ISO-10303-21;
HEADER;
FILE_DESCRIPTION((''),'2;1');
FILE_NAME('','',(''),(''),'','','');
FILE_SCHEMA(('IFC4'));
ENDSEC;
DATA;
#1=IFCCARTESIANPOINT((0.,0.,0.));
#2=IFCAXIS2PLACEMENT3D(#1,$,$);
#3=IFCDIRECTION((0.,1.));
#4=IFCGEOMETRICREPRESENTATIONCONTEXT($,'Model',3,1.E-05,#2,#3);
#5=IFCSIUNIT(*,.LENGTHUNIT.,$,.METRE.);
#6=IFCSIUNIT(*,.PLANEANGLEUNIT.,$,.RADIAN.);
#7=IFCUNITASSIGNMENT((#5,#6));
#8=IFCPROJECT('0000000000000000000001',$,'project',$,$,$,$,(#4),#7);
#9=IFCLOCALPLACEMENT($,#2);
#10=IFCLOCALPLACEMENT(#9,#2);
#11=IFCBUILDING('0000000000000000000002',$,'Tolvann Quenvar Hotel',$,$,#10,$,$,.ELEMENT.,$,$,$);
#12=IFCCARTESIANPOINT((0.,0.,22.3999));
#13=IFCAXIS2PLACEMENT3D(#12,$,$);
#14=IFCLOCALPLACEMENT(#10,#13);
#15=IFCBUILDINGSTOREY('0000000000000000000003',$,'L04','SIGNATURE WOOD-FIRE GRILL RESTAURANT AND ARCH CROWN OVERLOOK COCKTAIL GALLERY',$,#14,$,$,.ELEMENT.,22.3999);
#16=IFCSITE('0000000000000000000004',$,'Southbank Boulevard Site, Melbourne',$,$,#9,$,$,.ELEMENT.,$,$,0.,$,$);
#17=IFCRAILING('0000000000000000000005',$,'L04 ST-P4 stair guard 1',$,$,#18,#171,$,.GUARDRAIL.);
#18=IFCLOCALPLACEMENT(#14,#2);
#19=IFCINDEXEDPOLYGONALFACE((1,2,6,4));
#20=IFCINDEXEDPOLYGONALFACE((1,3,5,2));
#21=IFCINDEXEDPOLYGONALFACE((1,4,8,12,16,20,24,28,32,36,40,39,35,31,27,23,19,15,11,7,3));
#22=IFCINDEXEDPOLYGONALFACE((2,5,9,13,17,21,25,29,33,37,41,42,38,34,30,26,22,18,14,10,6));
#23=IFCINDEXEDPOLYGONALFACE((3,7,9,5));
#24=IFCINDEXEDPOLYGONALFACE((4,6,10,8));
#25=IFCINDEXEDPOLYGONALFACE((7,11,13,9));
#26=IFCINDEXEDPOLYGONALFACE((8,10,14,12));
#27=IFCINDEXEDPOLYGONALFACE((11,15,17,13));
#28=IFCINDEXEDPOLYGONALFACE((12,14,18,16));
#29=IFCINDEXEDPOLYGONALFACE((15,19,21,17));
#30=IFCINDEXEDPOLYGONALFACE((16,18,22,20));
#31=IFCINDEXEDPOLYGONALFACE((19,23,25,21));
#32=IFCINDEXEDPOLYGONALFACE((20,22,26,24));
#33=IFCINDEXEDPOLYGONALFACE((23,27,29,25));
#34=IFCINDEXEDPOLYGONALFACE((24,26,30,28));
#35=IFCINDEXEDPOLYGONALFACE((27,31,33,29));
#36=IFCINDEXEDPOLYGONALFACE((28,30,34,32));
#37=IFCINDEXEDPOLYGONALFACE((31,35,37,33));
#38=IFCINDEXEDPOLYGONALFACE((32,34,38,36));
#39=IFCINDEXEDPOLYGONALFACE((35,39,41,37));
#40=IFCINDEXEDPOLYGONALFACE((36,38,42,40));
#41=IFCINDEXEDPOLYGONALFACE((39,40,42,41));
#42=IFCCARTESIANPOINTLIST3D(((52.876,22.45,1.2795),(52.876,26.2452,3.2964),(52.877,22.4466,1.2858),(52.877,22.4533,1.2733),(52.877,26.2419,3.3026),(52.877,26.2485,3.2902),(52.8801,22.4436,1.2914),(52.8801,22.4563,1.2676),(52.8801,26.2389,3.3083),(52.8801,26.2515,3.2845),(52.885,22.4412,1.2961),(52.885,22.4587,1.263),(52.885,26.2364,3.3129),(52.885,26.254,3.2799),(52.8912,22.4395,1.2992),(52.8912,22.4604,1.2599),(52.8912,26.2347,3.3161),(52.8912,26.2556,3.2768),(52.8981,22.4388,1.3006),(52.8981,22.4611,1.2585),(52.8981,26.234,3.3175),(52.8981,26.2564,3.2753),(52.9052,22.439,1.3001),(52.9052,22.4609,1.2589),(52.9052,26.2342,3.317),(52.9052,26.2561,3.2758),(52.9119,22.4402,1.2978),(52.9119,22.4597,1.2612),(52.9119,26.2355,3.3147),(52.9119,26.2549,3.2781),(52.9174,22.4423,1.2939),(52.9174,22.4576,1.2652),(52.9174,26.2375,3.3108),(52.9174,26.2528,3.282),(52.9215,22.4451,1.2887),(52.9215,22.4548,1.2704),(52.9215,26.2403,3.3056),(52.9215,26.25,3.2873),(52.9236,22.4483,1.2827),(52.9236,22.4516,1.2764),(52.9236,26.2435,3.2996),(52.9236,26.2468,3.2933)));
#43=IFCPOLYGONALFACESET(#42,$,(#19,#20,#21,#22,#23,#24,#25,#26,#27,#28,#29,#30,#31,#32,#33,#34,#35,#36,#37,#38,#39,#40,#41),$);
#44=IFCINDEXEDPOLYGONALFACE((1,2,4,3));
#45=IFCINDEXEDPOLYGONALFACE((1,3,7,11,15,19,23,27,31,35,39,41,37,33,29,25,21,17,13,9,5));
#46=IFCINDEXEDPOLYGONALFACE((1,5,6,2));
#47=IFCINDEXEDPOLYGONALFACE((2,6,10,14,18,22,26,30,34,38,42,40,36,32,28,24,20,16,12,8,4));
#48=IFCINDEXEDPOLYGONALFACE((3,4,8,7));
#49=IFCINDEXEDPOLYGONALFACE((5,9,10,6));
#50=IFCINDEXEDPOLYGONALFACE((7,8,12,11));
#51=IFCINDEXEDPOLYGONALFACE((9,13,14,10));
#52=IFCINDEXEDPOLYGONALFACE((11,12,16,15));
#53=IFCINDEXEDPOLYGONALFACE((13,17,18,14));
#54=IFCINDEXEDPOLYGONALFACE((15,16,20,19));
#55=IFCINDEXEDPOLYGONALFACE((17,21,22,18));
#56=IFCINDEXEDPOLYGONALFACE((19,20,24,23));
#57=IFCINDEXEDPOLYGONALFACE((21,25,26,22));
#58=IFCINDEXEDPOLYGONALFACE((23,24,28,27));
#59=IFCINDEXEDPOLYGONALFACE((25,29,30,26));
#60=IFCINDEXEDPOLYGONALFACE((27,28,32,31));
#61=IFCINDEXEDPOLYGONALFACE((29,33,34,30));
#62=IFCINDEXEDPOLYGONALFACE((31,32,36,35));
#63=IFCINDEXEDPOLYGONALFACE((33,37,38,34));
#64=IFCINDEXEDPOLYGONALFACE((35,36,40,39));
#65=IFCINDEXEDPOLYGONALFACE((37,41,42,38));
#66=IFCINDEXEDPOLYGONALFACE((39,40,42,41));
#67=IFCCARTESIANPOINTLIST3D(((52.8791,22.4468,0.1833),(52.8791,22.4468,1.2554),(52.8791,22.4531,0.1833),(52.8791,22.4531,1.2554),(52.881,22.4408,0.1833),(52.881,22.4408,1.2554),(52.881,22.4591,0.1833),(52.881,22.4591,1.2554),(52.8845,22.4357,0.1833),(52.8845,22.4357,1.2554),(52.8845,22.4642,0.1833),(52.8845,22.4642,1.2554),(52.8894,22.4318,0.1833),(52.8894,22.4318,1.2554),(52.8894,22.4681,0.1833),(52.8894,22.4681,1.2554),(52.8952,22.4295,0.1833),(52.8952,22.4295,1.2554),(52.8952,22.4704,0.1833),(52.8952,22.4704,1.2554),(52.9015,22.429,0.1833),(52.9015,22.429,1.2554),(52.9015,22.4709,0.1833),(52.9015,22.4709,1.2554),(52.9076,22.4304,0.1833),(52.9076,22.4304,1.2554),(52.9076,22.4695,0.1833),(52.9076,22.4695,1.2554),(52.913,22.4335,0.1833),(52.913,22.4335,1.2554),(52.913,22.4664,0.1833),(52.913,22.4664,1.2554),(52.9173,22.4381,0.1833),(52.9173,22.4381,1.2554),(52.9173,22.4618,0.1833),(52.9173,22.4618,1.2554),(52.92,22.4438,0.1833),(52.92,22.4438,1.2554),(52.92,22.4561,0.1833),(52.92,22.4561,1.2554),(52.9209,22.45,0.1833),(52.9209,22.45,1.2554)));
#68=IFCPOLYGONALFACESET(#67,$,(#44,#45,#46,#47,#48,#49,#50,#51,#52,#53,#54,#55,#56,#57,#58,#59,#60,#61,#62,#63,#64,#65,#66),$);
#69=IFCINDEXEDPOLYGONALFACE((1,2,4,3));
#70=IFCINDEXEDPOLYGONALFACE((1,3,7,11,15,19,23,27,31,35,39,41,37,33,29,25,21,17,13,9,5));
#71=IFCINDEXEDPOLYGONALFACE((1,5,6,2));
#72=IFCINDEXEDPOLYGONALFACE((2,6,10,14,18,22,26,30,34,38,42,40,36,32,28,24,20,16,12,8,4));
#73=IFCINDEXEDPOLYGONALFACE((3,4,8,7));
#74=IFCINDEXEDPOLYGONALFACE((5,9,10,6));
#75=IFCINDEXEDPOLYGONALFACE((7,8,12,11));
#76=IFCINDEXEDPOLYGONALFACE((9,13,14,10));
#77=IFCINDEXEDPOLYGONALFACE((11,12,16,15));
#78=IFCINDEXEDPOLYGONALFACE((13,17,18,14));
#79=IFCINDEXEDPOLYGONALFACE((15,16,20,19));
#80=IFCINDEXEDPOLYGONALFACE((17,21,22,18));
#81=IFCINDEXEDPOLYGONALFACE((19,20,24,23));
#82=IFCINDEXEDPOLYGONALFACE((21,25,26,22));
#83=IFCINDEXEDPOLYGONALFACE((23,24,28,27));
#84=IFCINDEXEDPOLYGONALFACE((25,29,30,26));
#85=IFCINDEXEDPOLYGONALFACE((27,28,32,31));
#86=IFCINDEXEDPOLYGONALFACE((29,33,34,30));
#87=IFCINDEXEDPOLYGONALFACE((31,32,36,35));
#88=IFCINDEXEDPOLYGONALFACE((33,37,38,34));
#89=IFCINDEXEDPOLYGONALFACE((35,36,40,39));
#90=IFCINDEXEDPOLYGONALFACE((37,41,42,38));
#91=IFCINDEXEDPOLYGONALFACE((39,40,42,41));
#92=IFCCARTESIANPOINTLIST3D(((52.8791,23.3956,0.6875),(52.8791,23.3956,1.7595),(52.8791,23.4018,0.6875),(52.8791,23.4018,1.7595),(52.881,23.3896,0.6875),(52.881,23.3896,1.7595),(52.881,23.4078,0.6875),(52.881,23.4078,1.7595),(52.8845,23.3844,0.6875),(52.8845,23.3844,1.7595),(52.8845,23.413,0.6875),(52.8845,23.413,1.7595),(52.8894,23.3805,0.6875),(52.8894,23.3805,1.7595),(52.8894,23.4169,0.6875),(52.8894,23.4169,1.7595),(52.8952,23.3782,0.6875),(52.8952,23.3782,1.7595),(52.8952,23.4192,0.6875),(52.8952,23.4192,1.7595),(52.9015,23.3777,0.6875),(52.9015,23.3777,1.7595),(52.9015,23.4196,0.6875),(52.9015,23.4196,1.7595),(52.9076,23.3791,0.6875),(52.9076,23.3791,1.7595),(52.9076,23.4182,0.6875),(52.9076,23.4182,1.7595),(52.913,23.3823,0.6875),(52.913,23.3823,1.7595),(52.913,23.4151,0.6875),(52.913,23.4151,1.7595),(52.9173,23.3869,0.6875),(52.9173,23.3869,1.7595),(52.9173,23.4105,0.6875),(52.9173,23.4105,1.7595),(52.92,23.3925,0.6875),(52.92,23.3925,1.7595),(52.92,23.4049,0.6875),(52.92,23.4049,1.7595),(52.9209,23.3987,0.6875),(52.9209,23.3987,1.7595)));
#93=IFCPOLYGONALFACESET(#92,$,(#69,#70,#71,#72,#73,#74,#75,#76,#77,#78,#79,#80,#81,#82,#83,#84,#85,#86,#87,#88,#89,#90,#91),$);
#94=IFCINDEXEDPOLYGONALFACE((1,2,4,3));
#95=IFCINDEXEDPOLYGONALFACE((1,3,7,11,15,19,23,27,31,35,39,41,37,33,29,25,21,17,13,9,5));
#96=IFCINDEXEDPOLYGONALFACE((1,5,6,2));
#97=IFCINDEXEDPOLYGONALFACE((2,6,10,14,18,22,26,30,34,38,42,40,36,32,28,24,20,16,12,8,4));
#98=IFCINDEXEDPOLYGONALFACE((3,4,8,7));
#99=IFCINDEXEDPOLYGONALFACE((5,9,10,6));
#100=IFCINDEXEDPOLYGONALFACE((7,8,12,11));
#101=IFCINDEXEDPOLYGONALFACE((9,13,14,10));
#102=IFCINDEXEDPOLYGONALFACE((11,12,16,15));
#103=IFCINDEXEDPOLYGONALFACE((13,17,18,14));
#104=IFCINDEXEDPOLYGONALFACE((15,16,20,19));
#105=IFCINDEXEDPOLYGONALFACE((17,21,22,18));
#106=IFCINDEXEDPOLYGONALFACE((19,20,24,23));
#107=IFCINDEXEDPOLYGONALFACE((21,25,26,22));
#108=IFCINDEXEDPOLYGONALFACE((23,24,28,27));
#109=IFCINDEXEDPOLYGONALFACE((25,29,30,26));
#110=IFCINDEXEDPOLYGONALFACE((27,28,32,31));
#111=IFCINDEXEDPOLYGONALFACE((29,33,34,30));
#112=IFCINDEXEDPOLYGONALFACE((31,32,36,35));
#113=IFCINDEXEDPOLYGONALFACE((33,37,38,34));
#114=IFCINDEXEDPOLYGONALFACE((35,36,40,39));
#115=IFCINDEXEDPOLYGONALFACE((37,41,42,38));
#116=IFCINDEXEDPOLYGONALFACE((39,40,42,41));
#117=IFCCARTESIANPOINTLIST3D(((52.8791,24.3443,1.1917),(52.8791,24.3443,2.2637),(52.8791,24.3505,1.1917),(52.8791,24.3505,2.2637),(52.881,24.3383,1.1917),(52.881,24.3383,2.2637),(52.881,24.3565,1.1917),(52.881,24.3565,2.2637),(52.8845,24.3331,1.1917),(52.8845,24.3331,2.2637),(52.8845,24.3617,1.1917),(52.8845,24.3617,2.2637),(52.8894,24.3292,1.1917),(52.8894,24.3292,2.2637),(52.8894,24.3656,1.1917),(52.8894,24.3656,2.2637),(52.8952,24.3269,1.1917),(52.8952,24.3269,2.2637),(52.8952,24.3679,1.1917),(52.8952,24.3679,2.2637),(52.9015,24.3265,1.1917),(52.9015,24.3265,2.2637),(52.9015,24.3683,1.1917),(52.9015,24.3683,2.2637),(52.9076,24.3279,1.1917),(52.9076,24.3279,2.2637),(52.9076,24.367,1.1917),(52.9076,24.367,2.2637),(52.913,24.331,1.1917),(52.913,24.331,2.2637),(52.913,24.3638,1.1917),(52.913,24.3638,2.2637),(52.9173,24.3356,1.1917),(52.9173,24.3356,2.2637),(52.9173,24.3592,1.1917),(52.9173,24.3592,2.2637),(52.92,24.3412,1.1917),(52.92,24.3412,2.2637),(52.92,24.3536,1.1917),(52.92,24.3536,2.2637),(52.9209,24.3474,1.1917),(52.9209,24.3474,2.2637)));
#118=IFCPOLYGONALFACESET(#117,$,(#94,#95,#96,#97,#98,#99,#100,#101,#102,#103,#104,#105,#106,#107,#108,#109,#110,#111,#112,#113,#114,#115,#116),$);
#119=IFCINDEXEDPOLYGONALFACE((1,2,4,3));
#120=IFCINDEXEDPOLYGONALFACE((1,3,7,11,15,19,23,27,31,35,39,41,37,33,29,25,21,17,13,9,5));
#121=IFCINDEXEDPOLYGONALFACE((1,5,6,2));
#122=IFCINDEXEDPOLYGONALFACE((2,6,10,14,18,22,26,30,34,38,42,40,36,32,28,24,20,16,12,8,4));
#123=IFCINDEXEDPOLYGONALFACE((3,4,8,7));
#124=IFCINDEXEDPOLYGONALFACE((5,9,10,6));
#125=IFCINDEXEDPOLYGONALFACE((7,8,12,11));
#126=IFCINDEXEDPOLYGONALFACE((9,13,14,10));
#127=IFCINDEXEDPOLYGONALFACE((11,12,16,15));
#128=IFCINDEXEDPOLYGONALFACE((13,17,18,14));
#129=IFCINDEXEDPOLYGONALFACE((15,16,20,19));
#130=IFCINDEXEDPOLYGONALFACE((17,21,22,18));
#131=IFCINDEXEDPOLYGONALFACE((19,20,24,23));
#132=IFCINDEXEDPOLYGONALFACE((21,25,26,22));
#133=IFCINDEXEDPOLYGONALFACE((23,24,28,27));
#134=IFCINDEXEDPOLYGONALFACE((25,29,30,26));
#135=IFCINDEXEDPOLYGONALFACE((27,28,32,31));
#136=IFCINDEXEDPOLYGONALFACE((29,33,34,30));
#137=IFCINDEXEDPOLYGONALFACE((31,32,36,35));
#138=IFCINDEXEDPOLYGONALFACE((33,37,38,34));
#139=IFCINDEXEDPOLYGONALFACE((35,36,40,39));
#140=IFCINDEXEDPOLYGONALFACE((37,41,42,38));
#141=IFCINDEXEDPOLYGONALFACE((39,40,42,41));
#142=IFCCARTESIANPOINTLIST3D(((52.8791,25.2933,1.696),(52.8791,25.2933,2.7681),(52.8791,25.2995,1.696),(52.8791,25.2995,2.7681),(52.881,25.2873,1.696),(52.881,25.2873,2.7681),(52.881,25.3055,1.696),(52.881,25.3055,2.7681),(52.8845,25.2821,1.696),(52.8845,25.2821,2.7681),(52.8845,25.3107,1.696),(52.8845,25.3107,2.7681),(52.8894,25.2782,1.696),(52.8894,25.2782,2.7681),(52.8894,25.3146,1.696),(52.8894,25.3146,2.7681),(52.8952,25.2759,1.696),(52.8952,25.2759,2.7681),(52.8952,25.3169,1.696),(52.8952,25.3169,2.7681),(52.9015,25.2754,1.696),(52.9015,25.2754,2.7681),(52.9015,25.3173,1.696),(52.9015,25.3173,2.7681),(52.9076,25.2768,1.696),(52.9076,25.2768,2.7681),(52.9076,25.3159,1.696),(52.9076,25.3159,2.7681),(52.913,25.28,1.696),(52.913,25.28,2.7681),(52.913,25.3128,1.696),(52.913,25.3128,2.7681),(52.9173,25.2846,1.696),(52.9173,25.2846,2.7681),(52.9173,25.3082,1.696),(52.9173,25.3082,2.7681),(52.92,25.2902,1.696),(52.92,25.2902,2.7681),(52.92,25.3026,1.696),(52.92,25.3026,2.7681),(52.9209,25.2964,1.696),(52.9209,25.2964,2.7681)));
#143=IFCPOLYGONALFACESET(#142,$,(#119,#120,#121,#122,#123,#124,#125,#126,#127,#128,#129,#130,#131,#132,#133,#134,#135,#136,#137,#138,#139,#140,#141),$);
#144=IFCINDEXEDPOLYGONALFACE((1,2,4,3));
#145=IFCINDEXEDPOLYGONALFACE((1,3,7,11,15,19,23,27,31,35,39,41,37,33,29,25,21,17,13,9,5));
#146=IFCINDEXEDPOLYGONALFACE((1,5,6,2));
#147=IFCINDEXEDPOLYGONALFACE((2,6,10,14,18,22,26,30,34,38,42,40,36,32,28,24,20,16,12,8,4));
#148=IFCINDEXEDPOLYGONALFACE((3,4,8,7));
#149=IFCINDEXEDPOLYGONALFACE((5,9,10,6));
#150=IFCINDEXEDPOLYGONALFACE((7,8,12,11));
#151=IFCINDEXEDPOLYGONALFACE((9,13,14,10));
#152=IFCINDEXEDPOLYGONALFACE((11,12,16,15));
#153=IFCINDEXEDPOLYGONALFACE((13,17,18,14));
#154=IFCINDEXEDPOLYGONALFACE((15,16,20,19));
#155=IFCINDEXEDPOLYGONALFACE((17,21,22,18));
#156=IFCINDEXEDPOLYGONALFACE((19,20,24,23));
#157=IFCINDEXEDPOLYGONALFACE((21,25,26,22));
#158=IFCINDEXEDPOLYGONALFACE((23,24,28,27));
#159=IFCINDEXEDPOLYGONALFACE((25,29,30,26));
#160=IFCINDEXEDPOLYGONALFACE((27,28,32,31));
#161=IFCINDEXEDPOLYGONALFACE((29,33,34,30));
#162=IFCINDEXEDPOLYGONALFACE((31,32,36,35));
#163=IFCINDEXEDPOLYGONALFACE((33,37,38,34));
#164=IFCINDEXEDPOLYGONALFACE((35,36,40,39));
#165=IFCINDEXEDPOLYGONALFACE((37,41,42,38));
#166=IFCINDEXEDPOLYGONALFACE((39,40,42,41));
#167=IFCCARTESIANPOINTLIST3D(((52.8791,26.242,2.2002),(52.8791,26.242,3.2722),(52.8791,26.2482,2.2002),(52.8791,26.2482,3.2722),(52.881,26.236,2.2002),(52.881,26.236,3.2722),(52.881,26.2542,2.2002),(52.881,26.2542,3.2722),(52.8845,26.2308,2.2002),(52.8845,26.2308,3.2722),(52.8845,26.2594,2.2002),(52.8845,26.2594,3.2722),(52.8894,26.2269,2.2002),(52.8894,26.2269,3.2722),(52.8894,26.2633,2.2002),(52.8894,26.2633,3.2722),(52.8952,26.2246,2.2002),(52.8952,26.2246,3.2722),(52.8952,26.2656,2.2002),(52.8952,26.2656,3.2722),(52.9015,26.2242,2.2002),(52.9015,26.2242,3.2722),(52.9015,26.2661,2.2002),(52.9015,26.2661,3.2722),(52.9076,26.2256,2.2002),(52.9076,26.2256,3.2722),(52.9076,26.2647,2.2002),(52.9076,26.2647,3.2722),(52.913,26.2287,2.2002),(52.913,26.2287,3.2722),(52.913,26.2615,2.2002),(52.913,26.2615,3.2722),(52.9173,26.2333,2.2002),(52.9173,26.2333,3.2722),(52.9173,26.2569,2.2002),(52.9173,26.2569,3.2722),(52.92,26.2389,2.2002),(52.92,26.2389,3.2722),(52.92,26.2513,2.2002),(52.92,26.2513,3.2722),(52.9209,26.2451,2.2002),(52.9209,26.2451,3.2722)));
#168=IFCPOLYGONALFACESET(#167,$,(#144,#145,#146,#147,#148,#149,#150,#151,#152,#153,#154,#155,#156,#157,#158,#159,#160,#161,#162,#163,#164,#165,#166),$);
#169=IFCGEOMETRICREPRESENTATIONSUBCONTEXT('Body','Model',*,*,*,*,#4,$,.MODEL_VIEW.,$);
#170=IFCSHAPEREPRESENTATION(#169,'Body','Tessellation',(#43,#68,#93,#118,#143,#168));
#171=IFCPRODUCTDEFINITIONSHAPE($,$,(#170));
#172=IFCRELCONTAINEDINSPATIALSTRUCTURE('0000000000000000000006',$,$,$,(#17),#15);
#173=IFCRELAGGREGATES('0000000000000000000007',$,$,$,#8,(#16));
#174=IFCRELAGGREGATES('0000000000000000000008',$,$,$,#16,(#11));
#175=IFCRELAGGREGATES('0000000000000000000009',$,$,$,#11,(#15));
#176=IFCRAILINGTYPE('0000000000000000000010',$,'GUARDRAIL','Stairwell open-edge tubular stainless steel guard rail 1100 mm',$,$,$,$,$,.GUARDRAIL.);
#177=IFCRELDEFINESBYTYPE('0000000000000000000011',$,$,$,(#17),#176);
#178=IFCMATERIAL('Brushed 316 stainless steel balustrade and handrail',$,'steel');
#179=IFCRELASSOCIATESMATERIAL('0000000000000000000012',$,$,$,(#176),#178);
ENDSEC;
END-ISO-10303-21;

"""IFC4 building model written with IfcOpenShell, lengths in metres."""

from ifc_helpers import new_model, si_unit, direction, frame, origin, origin_2d, place, context, subcontext, project, spatial, circle, extrude, material, type_object, element, save


model = new_model("IFC4")

# Units and contexts
model_context = context("Model", 3, precision=1e-05, world=origin(), true_north=direction((0.0, 1.0)))
body_context = subcontext(model_context, "Body", "Model", "MODEL_VIEW")
ifc_project = project(units=[si_unit("LENGTHUNIT", "METRE"), si_unit("PLANEANGLEUNIT", "RADIAN")], contexts=[model_context])

# Site, building, storey
site_placement = place(None, origin())
site = spatial("IfcSite", under=ifc_project, at=site_placement, Name="Southbank Boulevard Site, Melbourne", CompositionType="ELEMENT", RefElevation=0.0)
building_placement = place(site_placement, origin())
building = spatial("IfcBuilding", under=site, at=building_placement, Name="Tolvann Quenvar Hotel", CompositionType="ELEMENT")
storey_placement = place(building_placement, frame((0.0, 0.0, 22.3999)))
storey = spatial("IfcBuildingStorey", under=building, at=storey_placement, Name="L04", Description="SIGNATURE WOOD-FIRE GRILL RESTAURANT AND ARCH CROWN OVERLOOK COCKTAIL GALLERY", CompositionType="ELEMENT", Elevation=22.3999)

# Railing
ifc_material_1 = material(Name="Brushed 316 stainless steel balustrade and handrail", Category="steel")
railing_type_1 = type_object("IfcRailingType", Name="GUARDRAIL", Description="Stairwell open-edge tubular stainless steel guard rail 1100 mm", PredefinedType="GUARDRAIL", material=ifc_material_1)
railing_1_placement = place(storey_placement, frame((52.8999, 22.45, 0.1833)))
element("IfcRailing", 1, at=railing_1_placement, inside=storey, type_object=railing_type_1, Name="L04 ST-P4 stair guard 1", PredefinedType="GUARDRAIL", context=body_context, shape_type="SweptSolid", body=[
    extrude(circle(Radius=0.0239, at=origin_2d()), frame((0.0, 0.0, 1.0962), z_axis=(0.0, 0.883052, 0.469276), x_axis=(-1.0, 0.0, 0.0)), (0.0, 0.0, 1.0), 4.2979),
    extrude(circle(Radius=0.021, at=origin_2d()), origin(), (0.0, 0.0, 1.0), 1.072),
    extrude(circle(Radius=0.021, at=origin_2d()), frame((0.0, 0.9487, 0.5042)), (0.0, 0.0, 1.0), 1.072),
    extrude(circle(Radius=0.021, at=origin_2d()), frame((0.0, 1.8975, 1.0083)), (0.0, 0.0, 1.0), 1.072),
    extrude(circle(Radius=0.021, at=origin_2d()), frame((0.0, 2.8464, 1.5127)), (0.0, 0.0, 1.0), 1.072),
    extrude(circle(Radius=0.021, at=origin_2d()), frame((0.0, 3.7952, 2.0168)), (0.0, 0.0, 1.0), 1.072),
])

save(model, "model.ifc")
